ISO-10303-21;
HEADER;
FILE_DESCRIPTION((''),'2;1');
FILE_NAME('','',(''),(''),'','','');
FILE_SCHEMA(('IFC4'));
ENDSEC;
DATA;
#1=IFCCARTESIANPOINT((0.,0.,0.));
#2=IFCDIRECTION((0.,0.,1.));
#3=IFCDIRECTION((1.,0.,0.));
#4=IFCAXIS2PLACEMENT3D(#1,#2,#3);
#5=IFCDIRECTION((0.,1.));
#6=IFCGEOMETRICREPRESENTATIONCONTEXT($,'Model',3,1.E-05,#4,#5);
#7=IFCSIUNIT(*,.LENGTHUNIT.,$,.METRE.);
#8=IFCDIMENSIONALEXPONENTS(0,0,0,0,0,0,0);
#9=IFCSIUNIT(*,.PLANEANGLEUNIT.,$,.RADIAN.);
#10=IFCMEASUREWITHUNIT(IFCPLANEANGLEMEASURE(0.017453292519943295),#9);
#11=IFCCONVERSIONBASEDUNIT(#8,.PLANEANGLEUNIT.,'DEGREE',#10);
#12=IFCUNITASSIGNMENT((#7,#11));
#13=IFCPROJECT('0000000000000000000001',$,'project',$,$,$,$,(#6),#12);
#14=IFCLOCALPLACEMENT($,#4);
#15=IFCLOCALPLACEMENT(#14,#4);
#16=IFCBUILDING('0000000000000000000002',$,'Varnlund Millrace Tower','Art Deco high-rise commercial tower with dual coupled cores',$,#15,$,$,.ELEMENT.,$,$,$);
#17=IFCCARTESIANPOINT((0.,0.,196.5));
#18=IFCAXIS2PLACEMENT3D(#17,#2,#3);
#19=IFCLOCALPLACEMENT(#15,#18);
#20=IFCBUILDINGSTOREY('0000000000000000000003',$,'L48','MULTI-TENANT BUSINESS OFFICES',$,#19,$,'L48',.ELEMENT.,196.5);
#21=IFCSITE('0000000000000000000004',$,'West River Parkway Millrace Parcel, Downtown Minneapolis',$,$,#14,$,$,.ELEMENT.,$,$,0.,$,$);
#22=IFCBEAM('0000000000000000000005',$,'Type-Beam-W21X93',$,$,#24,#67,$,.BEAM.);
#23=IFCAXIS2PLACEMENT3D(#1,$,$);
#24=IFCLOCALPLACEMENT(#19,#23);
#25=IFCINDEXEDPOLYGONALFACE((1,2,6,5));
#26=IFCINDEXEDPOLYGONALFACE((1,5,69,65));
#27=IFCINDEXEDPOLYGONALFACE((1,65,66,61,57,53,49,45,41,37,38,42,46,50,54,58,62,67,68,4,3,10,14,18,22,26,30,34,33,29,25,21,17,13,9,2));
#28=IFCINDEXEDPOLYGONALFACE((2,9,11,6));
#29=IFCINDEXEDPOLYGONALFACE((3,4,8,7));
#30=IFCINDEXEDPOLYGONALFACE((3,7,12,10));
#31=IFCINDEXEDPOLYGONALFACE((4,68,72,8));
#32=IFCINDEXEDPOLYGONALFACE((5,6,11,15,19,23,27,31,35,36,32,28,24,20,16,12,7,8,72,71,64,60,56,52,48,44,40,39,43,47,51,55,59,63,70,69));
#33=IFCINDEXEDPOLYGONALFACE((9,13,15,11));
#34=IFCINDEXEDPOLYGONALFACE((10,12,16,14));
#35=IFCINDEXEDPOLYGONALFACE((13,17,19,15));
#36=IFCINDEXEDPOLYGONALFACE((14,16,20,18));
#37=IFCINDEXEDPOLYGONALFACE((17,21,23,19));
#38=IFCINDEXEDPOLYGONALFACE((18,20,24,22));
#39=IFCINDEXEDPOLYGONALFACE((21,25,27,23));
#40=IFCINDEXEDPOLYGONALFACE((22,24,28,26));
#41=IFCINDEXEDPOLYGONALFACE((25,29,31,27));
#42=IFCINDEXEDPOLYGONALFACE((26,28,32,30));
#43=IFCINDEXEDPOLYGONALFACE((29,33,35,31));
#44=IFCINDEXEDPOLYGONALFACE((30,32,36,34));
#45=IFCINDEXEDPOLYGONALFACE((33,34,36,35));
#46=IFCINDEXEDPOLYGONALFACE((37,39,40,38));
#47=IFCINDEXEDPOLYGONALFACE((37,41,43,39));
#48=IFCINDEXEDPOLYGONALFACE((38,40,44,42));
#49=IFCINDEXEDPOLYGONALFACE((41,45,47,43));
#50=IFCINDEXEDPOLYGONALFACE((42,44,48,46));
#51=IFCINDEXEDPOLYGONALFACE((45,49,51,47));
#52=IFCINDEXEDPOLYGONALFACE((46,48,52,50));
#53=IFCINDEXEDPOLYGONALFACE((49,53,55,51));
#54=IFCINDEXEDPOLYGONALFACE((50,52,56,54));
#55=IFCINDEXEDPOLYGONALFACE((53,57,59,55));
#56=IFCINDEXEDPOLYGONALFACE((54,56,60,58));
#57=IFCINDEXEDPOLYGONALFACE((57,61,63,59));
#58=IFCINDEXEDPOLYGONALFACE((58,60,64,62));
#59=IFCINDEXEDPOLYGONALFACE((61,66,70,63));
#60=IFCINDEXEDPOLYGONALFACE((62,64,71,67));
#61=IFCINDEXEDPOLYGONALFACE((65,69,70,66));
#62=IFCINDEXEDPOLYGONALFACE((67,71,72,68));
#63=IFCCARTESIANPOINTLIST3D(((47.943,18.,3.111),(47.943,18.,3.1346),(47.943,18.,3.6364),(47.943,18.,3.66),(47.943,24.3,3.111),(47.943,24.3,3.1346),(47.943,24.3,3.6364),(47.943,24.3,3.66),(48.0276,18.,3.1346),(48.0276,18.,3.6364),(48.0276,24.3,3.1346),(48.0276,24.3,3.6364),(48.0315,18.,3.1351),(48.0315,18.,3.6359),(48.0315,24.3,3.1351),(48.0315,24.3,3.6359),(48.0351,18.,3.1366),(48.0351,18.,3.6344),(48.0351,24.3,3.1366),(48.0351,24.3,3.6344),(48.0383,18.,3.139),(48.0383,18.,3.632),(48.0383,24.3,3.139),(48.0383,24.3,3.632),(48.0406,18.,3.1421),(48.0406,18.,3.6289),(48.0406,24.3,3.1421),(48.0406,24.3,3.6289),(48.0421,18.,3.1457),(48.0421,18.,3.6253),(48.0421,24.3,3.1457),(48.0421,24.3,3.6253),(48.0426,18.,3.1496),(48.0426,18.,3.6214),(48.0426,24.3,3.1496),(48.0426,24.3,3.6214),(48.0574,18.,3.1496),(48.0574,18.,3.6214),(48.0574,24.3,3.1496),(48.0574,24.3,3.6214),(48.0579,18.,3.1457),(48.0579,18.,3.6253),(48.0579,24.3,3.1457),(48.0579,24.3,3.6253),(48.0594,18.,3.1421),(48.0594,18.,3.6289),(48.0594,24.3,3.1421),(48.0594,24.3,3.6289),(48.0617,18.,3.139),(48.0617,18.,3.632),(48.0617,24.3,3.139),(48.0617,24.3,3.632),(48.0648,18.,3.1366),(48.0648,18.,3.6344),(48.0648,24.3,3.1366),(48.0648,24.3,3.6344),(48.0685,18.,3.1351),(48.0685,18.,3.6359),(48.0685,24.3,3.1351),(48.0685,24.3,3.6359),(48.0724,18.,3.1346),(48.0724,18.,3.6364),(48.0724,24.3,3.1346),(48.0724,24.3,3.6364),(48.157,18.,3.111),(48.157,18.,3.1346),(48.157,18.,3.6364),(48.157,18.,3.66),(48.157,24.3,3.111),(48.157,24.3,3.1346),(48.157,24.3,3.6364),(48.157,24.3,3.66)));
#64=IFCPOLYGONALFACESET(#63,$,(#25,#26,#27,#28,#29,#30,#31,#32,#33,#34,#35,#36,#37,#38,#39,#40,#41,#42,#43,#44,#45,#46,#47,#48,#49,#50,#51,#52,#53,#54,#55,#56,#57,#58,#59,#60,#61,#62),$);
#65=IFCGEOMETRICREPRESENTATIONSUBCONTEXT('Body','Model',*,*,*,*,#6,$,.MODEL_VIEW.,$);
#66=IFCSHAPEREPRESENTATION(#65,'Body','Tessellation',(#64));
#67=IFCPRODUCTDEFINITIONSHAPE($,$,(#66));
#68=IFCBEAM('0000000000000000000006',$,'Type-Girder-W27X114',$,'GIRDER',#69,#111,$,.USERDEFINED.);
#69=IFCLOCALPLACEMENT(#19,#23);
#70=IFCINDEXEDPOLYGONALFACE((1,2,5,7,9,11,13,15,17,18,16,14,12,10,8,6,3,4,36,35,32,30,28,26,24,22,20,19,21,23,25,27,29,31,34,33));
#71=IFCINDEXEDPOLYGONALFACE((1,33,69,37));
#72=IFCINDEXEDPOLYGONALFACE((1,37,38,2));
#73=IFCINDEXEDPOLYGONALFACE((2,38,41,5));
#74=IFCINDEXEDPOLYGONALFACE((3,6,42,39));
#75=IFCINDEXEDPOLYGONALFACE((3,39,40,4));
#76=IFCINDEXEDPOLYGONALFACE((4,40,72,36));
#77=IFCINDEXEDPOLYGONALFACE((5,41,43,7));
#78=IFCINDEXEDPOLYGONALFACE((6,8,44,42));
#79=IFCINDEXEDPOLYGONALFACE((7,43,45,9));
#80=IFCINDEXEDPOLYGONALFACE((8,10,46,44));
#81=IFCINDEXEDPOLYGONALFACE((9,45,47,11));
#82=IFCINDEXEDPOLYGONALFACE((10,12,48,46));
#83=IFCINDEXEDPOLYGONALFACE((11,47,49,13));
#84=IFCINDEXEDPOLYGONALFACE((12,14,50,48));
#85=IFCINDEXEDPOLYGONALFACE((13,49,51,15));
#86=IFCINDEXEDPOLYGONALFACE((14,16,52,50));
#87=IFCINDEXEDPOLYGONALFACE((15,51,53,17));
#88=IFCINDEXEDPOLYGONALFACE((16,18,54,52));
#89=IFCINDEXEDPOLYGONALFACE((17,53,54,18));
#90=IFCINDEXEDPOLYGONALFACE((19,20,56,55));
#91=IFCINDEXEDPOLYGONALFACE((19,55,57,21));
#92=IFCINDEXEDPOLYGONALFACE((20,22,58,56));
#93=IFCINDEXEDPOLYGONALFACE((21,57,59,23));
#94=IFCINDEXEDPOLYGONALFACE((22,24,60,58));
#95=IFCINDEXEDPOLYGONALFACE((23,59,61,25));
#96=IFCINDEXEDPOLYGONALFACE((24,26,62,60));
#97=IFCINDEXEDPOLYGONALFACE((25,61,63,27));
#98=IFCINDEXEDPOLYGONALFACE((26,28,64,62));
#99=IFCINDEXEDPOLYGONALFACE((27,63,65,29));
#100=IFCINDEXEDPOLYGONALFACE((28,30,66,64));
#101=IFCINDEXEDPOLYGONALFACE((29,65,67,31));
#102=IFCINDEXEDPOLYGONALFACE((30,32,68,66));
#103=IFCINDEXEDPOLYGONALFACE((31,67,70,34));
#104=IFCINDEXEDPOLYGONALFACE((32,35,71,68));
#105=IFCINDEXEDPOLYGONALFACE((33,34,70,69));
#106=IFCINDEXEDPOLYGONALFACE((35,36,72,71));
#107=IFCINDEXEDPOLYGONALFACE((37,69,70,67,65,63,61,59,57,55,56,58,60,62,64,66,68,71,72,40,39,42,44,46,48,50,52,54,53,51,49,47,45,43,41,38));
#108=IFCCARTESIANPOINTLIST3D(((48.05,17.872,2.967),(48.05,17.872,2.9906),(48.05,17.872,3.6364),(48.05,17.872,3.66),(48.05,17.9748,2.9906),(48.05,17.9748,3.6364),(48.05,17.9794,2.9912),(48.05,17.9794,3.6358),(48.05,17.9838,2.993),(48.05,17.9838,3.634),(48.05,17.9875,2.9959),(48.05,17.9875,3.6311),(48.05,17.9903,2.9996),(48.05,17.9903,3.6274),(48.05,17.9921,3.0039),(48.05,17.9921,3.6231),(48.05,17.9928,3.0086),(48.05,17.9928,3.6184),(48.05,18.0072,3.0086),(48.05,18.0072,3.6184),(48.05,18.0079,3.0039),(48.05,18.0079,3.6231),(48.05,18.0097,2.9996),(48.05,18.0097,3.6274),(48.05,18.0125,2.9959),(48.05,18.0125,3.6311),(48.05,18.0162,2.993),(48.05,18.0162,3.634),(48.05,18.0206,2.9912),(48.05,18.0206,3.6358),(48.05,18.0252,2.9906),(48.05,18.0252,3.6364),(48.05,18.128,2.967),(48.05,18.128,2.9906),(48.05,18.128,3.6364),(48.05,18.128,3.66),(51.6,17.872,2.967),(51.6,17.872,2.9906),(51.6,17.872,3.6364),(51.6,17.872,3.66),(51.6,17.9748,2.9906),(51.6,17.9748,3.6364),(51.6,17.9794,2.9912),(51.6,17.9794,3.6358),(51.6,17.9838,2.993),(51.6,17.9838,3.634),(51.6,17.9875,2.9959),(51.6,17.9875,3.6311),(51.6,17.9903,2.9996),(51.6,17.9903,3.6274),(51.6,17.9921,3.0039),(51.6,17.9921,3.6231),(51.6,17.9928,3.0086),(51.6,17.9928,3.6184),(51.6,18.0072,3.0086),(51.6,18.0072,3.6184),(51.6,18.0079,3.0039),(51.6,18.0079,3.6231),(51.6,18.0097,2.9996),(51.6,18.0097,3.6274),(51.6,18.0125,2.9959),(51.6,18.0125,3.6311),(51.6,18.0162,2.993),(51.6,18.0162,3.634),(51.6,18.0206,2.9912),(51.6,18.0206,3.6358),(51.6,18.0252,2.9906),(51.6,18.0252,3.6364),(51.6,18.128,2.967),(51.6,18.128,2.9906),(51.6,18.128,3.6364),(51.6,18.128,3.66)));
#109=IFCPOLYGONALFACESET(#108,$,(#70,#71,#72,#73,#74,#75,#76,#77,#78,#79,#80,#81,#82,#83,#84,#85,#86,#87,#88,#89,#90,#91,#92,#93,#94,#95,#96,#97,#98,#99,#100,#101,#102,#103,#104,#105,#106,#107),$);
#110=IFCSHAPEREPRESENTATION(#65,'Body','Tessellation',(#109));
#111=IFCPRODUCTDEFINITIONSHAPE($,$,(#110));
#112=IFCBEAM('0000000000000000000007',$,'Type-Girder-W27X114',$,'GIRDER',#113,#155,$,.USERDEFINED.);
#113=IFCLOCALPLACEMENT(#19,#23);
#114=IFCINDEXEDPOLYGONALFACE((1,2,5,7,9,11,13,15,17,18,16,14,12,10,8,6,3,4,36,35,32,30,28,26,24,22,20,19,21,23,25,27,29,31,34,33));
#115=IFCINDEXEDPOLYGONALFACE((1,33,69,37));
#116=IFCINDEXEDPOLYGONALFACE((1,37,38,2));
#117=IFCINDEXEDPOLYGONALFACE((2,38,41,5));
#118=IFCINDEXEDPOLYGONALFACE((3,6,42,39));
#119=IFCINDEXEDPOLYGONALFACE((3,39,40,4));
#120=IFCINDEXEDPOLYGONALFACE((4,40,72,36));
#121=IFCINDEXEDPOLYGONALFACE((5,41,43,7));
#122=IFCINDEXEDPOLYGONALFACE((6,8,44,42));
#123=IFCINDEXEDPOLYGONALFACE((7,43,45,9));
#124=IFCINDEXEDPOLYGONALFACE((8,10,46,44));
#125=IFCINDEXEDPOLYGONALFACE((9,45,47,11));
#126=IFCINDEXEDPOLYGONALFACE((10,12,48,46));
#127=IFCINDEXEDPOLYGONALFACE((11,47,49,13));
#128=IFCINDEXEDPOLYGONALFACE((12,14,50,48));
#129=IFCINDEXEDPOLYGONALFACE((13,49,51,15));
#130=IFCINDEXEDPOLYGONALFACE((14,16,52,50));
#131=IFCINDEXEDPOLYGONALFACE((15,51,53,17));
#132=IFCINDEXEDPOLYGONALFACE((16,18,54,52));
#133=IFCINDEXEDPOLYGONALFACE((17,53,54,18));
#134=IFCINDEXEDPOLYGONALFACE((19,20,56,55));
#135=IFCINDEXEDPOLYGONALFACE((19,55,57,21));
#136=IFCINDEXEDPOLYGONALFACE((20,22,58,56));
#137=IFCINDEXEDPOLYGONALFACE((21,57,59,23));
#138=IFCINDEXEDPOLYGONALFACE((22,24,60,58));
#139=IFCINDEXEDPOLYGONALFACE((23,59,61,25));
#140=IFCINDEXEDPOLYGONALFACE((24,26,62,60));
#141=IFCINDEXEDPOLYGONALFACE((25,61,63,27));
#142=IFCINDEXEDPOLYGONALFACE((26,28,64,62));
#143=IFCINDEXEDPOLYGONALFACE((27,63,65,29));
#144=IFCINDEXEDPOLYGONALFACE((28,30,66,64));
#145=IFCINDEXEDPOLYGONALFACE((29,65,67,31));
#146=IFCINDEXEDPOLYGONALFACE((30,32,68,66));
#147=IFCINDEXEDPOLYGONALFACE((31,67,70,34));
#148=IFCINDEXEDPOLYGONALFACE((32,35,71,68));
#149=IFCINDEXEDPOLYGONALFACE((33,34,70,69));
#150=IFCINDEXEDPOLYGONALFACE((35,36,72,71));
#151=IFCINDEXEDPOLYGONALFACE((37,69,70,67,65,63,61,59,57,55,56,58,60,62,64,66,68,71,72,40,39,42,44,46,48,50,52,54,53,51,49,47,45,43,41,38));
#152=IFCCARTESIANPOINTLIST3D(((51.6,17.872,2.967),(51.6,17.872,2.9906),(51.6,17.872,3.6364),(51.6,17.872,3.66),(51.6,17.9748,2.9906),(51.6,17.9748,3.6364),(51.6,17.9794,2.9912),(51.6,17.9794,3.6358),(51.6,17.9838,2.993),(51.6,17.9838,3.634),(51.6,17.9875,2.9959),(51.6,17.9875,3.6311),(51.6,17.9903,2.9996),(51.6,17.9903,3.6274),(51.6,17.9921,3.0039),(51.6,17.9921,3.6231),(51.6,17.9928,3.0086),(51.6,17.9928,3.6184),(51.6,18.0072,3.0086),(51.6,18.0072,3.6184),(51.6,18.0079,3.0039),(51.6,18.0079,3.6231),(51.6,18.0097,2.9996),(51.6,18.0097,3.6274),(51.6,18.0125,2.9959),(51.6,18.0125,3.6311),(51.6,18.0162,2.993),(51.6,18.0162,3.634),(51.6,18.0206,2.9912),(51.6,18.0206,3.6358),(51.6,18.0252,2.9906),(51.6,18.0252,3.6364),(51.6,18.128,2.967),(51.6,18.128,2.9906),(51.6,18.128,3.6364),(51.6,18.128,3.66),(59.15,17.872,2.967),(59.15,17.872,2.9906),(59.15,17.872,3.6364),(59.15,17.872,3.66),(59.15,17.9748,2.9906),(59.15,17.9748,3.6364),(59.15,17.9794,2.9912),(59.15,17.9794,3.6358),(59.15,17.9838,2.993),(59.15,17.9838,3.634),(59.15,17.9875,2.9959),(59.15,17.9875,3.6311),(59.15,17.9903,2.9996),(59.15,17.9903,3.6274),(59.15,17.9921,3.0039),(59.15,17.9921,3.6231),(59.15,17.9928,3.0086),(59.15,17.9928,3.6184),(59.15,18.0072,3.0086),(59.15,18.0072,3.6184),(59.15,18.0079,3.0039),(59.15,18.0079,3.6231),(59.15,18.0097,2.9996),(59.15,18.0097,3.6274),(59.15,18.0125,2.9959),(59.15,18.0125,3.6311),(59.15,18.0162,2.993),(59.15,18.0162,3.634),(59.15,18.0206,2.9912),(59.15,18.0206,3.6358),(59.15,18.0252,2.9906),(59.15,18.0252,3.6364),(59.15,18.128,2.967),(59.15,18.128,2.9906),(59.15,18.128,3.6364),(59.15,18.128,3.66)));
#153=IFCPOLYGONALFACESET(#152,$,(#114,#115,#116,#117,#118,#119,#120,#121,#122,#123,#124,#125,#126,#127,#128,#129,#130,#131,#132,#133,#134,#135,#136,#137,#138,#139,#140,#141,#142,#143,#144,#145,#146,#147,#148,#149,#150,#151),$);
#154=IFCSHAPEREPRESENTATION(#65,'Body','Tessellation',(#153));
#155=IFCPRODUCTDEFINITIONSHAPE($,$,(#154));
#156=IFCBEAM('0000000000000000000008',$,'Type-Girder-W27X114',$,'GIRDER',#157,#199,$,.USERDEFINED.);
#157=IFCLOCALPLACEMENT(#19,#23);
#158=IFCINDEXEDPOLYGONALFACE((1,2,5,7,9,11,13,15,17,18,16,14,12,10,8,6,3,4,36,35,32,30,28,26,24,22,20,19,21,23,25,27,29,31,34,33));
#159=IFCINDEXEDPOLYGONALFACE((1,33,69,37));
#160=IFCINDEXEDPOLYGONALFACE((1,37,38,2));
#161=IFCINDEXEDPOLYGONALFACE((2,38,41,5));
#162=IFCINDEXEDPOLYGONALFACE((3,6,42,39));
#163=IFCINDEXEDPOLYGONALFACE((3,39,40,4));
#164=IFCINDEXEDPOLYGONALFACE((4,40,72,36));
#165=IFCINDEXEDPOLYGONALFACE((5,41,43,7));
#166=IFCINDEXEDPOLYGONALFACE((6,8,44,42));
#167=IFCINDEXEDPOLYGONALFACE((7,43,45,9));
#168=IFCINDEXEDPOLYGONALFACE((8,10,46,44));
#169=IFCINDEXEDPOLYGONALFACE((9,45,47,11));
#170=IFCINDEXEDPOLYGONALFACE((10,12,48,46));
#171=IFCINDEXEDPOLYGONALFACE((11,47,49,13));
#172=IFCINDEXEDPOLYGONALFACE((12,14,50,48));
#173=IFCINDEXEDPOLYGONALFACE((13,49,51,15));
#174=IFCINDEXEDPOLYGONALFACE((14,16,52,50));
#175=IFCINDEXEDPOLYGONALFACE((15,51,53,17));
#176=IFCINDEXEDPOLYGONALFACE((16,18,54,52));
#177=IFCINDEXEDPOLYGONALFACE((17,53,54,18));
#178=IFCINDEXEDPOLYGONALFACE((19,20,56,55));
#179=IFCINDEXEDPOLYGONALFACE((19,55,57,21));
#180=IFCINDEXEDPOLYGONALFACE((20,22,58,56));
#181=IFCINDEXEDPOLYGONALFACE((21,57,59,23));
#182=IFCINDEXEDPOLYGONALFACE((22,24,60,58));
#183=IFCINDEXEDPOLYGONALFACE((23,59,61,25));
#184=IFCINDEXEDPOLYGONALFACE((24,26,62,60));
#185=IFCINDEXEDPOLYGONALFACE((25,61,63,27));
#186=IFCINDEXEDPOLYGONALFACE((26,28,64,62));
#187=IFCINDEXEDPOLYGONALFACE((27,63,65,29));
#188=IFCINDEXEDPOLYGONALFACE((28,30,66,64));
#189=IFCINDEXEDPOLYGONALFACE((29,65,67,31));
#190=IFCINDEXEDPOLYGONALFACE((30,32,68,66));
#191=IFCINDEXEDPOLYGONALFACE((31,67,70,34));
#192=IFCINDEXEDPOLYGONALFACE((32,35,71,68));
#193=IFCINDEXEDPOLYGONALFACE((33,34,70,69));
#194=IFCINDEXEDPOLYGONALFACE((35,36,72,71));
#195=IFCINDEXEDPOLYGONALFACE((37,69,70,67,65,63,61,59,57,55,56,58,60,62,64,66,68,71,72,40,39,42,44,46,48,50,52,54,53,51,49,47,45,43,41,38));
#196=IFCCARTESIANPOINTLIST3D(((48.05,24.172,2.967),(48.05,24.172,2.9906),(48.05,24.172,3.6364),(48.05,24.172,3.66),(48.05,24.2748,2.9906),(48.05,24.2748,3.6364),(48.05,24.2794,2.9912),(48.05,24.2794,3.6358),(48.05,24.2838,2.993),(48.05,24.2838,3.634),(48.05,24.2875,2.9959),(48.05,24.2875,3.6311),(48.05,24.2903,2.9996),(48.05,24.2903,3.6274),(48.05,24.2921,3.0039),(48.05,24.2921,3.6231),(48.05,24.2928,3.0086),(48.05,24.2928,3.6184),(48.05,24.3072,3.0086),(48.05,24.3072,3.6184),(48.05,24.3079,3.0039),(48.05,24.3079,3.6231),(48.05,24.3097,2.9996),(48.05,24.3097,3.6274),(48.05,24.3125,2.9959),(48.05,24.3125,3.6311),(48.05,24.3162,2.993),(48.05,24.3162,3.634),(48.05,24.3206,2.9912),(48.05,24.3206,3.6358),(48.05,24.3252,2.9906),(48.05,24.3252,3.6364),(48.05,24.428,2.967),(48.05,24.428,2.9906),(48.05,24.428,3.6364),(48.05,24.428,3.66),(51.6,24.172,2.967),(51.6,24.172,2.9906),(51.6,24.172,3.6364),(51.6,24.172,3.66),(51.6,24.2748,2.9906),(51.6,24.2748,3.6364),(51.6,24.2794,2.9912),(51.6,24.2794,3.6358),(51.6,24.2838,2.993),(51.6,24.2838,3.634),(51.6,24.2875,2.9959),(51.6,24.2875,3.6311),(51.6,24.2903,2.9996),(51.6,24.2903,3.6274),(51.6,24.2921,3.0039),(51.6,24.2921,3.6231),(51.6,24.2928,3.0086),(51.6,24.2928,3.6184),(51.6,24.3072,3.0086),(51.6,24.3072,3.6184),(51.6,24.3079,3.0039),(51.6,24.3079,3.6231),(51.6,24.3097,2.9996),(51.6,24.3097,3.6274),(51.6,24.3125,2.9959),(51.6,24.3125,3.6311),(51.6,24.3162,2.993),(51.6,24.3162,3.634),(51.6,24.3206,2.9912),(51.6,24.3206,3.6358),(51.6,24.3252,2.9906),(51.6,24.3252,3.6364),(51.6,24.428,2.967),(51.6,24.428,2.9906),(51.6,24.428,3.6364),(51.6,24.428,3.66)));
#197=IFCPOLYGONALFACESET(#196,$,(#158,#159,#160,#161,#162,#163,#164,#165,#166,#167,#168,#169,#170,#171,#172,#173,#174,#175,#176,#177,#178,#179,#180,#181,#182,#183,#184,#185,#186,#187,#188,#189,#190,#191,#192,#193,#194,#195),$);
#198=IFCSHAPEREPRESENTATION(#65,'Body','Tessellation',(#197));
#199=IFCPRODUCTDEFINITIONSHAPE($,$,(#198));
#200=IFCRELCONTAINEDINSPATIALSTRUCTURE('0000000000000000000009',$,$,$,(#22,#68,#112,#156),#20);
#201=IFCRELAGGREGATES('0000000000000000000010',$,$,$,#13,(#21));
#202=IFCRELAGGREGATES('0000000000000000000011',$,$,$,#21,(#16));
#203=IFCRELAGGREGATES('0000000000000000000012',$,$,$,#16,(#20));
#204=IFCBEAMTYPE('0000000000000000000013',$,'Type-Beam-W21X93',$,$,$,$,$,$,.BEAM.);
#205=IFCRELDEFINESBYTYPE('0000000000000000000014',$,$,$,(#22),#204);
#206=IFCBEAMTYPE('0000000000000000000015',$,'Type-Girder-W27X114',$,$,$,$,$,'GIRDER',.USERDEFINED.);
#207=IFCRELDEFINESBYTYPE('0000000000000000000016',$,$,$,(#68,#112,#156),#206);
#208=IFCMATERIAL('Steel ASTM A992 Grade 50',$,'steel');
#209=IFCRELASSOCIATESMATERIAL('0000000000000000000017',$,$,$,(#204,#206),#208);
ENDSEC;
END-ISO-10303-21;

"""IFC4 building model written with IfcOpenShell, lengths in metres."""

from ifc_helpers import new_model, entity, si_unit, converted_unit, direction, frame, origin_with_axes, origin_2d_with_axis, place, context, subcontext, project, spatial, i_section, extrude, material, material_profile, profile_set, type_object, element, save


model = new_model("IFC4")

# Units and contexts
model_context = context("Model", 3, precision=1e-05, world=origin_with_axes(), true_north=direction((0.0, 1.0)))
body_context = subcontext(model_context, "Body", "Model", "MODEL_VIEW")
ifc_project = project(units=[si_unit("LENGTHUNIT", "METRE"), converted_unit("PLANEANGLEUNIT", "DEGREE", entity("IfcPlaneAngleMeasure", 0.017453292519943295), si_unit("PLANEANGLEUNIT", "RADIAN"), dimensions=[0, 0, 0, 0, 0, 0, 0])], contexts=[model_context])

# Site, building, storey
site_placement = place(None, origin_with_axes())
site = spatial("IfcSite", under=ifc_project, at=site_placement, Name="West River Parkway Millrace Parcel, Downtown Minneapolis", CompositionType="ELEMENT", RefElevation=0.0)
building_placement = place(site_placement, origin_with_axes())
building = spatial("IfcBuilding", under=site, at=building_placement, Name="Varnlund Millrace Tower", Description="Art Deco high-rise commercial tower with dual coupled cores", CompositionType="ELEMENT")
storey_placement = place(building_placement, frame((0.0, 0.0, 196.5), z_axis=(0.0, 0.0, 1.0), x_axis=(1.0, 0.0, 0.0)))
storey = spatial("IfcBuildingStorey", under=building, at=storey_placement, Name="L48", Description="MULTI-TENANT BUSINESS OFFICES", LongName="L48", CompositionType="ELEMENT", Elevation=196.5)

# Beams
ifc_material_1 = material(Name="Steel ASTM A992 Grade 50", Category="steel")
ifc_material_profile_1 = material_profile(ifc_material_1, i_section(OverallWidth=0.214, OverallDepth=0.549, WebThickness=0.0147, FlangeThickness=0.0236, FilletRadius=0.015, at=origin_2d_with_axis()), Name="Steel ASTM A992 Grade 50")
ifc_profile_set_1 = profile_set([ifc_material_profile_1], Name="Steel ASTM A992 Grade 50")
beam_type_1 = type_object("IfcBeamType", Name="Type-Beam-W21X93", PredefinedType="BEAM", material=ifc_profile_set_1)
beam_1_placement = place(storey_placement, frame((48.05, 18.0, 3.3855), z_axis=(0.0, 1.0, 0.0), x_axis=(-1.0, 0.0, 0.0)))
element("IfcBeam", 1, at=beam_1_placement, inside=storey, type_object=beam_type_1, Name="Type-Beam-W21X93", PredefinedType="BEAM", context=body_context, shape_type="SweptSolid", body=[
    extrude(i_section(OverallWidth=0.214, OverallDepth=0.549, WebThickness=0.0147, FlangeThickness=0.0236, FilletRadius=0.015, at=origin_2d_with_axis()), origin_with_axes(), (0.0, 0.0, 1.0), 6.3),
])
ifc_material_profile_2 = material_profile(ifc_material_1, i_section(OverallWidth=0.256, OverallDepth=0.693, WebThickness=0.0145, FlangeThickness=0.0236, FilletRadius=0.018, at=origin_2d_with_axis()), Name="Steel ASTM A992 Grade 50")
ifc_profile_set_2 = profile_set([ifc_material_profile_2], Name="Steel ASTM A992 Grade 50")
beam_type_2 = type_object("IfcBeamType", Name="Type-Girder-W27X114", ElementType="GIRDER", PredefinedType="USERDEFINED", material=ifc_profile_set_2)
beam_2_placement = place(storey_placement, frame((48.05, 18.0, 3.3135), z_axis=(1.0, 0.0, 0.0), x_axis=(0.0, 1.0, 0.0)))
element("IfcBeam", 2, at=beam_2_placement, inside=storey, type_object=beam_type_2, Name="Type-Girder-W27X114", ObjectType="GIRDER", PredefinedType="USERDEFINED", context=body_context, shape_type="SweptSolid", body=[
    extrude(i_section(OverallWidth=0.256, OverallDepth=0.693, WebThickness=0.0145, FlangeThickness=0.0236, FilletRadius=0.018, at=origin_2d_with_axis()), origin_with_axes(), (0.0, 0.0, 1.0), 3.55),
])
beam_3_placement = place(storey_placement, frame((51.6, 18.0, 3.3135), z_axis=(1.0, 0.0, 0.0), x_axis=(0.0, 1.0, 0.0)))
element("IfcBeam", 3, at=beam_3_placement, inside=storey, type_object=beam_type_2, Name="Type-Girder-W27X114", ObjectType="GIRDER", PredefinedType="USERDEFINED", context=body_context, shape_type="SweptSolid", body=[
    extrude(i_section(OverallWidth=0.256, OverallDepth=0.693, WebThickness=0.0145, FlangeThickness=0.0236, FilletRadius=0.018, at=origin_2d_with_axis()), origin_with_axes(), (0.0, 0.0, 1.0), 7.55),
])
beam_4_placement = place(storey_placement, frame((48.05, 24.3, 3.3135), z_axis=(1.0, 0.0, 0.0), x_axis=(0.0, 1.0, 0.0)))
element("IfcBeam", 4, at=beam_4_placement, inside=storey, type_object=beam_type_2, Name="Type-Girder-W27X114", ObjectType="GIRDER", PredefinedType="USERDEFINED", context=body_context, shape_type="SweptSolid", body=[
    extrude(i_section(OverallWidth=0.256, OverallDepth=0.693, WebThickness=0.0145, FlangeThickness=0.0236, FilletRadius=0.018, at=origin_2d_with_axis()), origin_with_axes(), (0.0, 0.0, 1.0), 3.55),
])

save(model, "model.ifc")
